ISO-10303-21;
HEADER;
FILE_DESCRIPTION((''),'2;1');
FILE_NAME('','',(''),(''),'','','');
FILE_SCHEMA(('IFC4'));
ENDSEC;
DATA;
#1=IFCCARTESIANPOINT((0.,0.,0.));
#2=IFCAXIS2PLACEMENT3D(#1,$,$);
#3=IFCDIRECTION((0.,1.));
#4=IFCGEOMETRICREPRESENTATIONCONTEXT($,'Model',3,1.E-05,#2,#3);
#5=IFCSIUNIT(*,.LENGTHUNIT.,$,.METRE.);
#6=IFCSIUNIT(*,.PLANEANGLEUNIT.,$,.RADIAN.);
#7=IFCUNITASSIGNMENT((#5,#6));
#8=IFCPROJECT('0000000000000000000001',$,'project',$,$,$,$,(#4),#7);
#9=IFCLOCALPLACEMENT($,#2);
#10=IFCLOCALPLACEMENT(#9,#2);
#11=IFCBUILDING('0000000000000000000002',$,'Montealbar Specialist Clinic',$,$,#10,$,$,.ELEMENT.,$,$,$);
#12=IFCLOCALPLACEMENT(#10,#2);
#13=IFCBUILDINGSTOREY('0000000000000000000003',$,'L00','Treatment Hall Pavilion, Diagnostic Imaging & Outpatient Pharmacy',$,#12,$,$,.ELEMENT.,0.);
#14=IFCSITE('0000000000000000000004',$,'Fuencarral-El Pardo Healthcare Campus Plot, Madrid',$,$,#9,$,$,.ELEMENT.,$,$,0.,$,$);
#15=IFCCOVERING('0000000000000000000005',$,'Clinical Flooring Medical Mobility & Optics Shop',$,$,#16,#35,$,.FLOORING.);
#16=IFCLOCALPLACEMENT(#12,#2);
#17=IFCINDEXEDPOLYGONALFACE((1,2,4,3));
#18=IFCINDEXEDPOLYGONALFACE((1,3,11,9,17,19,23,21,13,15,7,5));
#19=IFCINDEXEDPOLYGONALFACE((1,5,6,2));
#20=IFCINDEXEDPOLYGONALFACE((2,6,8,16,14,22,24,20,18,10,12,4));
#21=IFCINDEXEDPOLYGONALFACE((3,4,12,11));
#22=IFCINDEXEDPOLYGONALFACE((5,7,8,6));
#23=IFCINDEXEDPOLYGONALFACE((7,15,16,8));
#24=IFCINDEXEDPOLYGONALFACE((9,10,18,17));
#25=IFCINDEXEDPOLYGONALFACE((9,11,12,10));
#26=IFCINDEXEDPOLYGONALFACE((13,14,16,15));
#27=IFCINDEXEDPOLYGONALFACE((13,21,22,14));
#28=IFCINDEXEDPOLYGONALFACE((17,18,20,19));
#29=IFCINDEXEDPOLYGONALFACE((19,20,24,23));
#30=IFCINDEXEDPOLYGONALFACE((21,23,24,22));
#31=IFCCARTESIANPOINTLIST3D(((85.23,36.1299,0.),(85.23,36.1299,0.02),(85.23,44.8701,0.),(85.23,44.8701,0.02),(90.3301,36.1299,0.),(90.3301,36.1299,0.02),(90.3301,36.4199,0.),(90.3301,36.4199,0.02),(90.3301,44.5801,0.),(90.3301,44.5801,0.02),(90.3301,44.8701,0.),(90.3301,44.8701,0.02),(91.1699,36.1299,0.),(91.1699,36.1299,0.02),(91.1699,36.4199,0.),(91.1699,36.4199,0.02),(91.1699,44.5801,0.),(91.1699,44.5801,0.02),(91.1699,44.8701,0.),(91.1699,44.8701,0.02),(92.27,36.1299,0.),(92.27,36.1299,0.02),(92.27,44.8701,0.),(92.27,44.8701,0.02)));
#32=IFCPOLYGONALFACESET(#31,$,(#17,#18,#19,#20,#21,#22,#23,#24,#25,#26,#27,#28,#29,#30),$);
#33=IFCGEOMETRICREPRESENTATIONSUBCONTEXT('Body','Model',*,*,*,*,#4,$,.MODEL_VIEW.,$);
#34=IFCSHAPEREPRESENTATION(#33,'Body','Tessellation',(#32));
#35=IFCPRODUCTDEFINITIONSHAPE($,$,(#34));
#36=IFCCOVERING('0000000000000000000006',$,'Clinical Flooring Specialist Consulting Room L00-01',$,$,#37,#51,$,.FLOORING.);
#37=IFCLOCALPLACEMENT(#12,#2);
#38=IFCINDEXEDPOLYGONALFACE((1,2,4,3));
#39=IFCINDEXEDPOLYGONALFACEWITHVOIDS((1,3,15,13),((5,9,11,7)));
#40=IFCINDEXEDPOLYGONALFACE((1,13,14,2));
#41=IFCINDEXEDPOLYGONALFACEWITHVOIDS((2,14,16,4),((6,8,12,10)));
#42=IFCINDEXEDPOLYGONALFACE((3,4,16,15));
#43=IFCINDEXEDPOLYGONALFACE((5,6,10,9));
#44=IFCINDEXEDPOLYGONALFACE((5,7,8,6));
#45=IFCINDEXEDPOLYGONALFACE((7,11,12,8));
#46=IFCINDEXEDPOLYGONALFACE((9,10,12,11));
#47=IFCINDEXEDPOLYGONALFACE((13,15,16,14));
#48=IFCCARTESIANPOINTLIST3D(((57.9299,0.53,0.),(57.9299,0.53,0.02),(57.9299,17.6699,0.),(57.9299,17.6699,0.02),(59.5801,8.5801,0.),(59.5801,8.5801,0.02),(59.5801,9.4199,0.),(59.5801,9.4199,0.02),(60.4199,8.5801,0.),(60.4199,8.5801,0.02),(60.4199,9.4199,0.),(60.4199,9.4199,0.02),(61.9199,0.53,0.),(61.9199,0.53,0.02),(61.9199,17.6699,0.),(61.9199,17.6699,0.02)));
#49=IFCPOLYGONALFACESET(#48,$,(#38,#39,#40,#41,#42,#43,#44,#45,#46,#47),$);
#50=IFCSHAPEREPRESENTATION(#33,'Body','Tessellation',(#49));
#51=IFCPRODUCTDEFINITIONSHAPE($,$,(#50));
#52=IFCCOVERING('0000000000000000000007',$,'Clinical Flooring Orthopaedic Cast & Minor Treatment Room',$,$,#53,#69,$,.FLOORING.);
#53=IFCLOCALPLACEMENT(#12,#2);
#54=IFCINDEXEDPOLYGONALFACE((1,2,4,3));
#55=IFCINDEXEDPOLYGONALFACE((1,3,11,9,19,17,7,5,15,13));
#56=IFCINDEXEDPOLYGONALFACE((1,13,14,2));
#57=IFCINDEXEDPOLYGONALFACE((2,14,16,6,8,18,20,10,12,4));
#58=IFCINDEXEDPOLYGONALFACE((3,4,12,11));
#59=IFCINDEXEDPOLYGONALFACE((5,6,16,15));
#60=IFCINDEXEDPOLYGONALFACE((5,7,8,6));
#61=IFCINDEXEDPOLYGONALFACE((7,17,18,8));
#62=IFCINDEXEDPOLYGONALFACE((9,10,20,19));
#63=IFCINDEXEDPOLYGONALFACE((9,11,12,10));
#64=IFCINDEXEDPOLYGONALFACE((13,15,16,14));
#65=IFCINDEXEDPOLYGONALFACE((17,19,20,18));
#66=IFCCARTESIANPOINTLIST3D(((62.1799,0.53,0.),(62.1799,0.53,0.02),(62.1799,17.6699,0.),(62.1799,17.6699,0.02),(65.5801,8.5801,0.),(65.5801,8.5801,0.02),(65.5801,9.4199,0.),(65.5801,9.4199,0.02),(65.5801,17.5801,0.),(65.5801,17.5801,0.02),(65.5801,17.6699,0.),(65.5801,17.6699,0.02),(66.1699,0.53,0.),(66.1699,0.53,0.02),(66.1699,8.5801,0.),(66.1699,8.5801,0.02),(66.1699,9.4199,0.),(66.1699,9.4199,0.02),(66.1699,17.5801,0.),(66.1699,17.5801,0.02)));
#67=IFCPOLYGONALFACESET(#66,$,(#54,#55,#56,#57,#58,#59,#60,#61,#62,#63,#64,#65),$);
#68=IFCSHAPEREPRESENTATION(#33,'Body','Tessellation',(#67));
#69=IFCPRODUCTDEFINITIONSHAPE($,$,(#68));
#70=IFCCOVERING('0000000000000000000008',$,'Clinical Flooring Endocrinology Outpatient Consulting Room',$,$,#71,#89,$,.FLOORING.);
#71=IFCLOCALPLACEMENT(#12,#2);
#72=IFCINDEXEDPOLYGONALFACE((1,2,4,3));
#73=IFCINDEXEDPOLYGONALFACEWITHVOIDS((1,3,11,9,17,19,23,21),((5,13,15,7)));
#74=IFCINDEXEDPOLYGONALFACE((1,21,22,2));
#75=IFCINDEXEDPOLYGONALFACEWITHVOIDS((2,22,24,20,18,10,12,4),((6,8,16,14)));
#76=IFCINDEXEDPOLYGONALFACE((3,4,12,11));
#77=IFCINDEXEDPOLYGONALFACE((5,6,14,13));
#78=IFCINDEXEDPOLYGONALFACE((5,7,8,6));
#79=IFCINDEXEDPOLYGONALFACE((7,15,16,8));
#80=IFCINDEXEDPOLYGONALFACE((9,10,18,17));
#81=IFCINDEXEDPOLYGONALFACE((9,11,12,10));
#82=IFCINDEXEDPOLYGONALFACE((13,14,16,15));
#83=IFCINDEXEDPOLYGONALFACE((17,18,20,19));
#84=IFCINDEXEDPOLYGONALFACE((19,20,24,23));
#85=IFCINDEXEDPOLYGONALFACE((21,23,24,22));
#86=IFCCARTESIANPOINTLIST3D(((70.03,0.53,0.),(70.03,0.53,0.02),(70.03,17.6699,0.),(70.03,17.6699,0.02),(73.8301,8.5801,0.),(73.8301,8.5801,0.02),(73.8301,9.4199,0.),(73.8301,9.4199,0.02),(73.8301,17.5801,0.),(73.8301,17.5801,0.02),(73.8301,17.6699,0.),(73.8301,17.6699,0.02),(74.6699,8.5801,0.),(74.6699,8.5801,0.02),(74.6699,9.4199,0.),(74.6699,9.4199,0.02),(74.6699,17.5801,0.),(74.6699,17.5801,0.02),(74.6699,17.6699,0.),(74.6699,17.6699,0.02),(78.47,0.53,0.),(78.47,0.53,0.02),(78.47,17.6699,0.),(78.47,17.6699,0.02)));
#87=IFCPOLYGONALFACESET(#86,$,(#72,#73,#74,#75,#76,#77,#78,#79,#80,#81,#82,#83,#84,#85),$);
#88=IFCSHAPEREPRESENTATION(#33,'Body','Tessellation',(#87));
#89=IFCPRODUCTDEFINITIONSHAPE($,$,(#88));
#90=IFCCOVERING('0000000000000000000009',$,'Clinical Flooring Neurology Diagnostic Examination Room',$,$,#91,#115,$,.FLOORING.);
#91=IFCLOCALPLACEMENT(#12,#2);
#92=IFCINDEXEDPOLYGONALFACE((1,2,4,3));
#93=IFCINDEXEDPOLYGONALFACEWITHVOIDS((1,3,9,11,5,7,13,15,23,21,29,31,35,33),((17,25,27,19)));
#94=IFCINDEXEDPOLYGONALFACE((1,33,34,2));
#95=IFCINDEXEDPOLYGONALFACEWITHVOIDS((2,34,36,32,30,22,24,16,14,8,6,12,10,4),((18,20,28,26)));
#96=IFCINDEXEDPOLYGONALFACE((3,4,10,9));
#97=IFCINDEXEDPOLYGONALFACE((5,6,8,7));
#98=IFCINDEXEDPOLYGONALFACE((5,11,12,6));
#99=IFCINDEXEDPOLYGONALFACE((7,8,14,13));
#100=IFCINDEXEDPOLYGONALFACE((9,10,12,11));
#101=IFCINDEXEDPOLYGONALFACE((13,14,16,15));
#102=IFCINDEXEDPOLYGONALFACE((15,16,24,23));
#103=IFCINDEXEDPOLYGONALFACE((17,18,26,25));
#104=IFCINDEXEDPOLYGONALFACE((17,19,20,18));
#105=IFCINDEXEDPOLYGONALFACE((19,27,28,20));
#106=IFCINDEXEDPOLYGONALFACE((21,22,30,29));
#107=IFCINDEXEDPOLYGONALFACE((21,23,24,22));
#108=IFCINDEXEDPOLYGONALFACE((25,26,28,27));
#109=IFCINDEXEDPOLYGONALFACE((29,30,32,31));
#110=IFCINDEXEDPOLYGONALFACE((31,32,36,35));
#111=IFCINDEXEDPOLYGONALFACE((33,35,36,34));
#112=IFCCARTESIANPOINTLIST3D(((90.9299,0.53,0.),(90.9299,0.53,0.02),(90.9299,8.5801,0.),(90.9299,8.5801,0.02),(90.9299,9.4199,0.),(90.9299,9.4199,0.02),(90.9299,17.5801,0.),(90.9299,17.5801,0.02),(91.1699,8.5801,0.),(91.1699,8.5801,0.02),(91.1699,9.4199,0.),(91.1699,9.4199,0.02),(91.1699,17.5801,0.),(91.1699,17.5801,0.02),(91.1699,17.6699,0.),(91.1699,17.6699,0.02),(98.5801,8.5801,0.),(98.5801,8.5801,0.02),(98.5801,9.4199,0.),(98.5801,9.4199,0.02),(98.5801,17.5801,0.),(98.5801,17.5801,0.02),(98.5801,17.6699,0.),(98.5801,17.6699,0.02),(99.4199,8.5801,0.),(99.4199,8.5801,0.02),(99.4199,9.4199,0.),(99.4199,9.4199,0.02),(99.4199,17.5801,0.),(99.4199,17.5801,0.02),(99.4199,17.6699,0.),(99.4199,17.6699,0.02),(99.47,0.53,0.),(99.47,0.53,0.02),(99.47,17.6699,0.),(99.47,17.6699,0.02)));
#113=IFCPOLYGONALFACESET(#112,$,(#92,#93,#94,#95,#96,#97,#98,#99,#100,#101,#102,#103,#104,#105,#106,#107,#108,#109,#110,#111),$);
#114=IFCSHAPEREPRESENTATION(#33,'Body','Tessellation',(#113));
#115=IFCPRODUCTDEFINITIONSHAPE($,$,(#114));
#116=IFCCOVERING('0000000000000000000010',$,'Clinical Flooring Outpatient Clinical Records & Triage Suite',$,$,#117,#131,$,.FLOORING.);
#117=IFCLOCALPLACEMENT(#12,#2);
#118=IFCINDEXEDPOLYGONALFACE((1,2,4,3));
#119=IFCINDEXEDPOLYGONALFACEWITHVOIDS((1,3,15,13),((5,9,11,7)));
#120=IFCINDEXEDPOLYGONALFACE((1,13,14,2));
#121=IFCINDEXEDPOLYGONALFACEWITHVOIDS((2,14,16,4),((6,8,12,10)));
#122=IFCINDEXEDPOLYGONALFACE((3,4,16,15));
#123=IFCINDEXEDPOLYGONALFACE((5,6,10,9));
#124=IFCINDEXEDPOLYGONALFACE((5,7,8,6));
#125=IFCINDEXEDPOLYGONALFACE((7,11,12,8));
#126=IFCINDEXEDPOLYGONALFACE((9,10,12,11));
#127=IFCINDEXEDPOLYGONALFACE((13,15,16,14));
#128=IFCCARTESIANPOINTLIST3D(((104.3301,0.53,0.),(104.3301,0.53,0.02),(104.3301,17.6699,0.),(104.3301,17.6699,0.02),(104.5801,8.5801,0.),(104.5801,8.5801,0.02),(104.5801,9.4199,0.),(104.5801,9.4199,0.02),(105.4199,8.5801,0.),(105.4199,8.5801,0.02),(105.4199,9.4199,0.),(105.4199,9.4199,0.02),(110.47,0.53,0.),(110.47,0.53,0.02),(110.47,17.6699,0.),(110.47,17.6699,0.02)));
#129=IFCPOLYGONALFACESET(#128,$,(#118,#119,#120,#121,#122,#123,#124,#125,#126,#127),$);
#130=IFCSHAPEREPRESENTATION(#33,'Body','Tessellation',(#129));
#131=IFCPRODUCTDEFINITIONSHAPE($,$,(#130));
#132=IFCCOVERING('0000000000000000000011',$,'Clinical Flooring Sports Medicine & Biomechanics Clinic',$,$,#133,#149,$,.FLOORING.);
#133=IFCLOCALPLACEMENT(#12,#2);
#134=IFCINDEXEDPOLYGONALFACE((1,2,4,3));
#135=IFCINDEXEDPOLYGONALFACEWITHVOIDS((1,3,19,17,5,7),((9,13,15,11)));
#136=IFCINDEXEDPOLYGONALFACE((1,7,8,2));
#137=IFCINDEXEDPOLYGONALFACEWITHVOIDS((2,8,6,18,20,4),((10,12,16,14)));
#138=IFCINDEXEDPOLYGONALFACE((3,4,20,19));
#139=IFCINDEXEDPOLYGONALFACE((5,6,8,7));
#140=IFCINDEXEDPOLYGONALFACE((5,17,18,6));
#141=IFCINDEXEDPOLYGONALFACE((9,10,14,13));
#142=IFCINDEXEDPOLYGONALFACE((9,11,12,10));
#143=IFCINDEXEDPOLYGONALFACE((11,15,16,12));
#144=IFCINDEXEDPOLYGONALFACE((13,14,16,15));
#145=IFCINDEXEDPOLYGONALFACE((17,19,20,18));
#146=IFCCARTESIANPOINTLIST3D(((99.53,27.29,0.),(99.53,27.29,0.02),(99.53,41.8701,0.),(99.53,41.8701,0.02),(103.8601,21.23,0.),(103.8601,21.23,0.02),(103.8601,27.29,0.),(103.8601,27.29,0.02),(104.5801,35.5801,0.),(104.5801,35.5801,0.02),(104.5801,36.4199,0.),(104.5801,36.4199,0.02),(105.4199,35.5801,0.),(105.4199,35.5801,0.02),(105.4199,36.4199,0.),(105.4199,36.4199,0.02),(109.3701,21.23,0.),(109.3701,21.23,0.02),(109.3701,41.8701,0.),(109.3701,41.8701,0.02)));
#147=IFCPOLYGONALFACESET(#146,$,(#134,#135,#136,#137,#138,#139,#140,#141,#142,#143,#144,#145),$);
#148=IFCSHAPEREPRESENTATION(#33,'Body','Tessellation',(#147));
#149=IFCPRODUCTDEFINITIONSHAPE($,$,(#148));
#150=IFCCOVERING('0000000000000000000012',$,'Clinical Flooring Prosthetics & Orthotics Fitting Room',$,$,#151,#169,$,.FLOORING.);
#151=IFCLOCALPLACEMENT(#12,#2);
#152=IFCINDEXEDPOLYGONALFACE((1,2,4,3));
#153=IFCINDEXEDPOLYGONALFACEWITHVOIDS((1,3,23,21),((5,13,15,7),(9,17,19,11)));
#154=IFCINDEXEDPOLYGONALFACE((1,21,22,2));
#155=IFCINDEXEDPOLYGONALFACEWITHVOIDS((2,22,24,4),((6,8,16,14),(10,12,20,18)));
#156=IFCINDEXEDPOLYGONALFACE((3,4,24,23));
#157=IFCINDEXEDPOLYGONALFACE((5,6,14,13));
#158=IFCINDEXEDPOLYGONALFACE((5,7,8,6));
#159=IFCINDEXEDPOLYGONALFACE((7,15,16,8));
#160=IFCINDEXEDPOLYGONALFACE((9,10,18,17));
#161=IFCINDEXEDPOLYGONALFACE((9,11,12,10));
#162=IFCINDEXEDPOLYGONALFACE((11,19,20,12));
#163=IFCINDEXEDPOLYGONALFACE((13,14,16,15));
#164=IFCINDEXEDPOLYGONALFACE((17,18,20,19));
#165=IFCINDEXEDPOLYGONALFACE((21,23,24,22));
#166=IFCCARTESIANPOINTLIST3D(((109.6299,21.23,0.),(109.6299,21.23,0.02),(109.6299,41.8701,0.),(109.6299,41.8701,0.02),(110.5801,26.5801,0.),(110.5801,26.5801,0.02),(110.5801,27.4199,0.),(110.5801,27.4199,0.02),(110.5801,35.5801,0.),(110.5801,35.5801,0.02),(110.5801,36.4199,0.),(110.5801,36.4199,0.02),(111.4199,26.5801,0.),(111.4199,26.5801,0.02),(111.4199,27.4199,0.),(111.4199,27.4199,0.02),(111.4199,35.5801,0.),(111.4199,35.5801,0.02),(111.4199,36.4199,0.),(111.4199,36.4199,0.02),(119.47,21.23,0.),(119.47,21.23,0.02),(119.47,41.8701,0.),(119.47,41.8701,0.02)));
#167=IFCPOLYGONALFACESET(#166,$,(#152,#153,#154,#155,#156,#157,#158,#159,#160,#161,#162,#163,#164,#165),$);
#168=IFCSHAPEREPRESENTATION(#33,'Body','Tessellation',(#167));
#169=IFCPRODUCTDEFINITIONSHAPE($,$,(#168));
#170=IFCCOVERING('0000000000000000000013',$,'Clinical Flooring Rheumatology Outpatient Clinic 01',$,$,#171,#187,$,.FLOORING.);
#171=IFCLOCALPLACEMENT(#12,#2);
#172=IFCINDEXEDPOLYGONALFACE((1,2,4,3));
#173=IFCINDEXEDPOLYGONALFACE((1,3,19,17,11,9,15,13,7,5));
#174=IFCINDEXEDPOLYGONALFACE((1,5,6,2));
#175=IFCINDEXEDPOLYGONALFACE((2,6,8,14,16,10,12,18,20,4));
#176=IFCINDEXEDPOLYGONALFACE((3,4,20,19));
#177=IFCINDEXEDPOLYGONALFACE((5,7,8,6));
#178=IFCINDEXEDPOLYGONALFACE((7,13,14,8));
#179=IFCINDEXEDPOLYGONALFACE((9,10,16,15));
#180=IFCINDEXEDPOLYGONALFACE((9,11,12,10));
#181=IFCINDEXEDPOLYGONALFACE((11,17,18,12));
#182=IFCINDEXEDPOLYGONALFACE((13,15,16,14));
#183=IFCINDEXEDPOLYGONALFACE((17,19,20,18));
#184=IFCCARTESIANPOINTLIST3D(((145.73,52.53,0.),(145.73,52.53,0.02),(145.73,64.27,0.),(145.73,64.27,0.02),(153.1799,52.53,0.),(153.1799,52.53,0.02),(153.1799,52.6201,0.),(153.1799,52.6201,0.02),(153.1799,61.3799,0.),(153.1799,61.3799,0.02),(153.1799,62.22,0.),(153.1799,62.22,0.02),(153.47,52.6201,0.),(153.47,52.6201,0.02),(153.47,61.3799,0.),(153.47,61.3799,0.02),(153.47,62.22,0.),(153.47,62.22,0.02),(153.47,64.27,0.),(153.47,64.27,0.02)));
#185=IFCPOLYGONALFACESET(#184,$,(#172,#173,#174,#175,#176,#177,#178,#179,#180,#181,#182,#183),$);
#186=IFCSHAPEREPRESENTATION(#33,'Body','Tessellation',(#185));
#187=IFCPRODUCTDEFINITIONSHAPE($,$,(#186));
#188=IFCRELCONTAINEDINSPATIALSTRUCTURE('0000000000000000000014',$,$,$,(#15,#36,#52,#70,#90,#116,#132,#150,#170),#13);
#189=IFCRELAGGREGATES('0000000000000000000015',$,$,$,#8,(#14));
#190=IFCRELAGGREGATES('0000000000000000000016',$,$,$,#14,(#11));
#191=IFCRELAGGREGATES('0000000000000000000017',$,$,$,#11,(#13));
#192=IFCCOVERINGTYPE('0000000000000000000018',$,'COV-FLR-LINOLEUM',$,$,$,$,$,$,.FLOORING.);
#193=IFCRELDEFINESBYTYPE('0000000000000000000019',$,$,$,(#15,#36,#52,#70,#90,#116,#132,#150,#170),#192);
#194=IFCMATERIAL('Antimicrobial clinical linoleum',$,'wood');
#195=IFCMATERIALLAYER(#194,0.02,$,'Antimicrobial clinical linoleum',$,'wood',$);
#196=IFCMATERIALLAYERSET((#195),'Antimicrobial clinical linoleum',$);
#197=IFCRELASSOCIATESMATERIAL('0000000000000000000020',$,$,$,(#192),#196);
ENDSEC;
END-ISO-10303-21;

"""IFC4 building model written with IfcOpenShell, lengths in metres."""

from ifc_helpers import new_model, si_unit, direction, origin, place, context, subcontext, project, spatial, polyline, outline, extrude, material, layer, layer_set, type_object, element, save


model = new_model("IFC4")

# Units and contexts
model_context = context("Model", 3, precision=1e-05, world=origin(), true_north=direction((0.0, 1.0)))
body_context = subcontext(model_context, "Body", "Model", "MODEL_VIEW")
ifc_project = project(units=[si_unit("LENGTHUNIT", "METRE"), si_unit("PLANEANGLEUNIT", "RADIAN")], contexts=[model_context])

# Site, building, storey
site_placement = place(None, origin())
site = spatial("IfcSite", under=ifc_project, at=site_placement, Name="Fuencarral-El Pardo Healthcare Campus Plot, Madrid", CompositionType="ELEMENT", RefElevation=0.0)
building_placement = place(site_placement, origin())
building = spatial("IfcBuilding", under=site, at=building_placement, Name="Montealbar Specialist Clinic", CompositionType="ELEMENT")
storey_placement = place(building_placement, origin())
storey = spatial("IfcBuildingStorey", under=building, at=storey_placement, Name="L00", Description="Treatment Hall Pavilion, Diagnostic Imaging & Outpatient Pharmacy", CompositionType="ELEMENT", Elevation=0.0)

# Coverings
ifc_material_1 = material(Name="Antimicrobial clinical linoleum", Category="wood")
ifc_layer_1 = layer(ifc_material_1, 0.02, Name="Antimicrobial clinical linoleum", Category="wood")
ifc_layer_set_1 = layer_set([ifc_layer_1], Name="Antimicrobial clinical linoleum")
covering_type_1 = type_object("IfcCoveringType", Name="COV-FLR-LINOLEUM", PredefinedType="FLOORING", material=ifc_layer_set_1)
covering_1_placement = place(storey_placement, origin())
element("IfcCovering", 1, at=covering_1_placement, inside=storey, type_object=covering_type_1, Name="Clinical Flooring Medical Mobility & Optics Shop", PredefinedType="FLOORING", context=body_context, shape_type="SweptSolid", body=[
    extrude(outline(polyline([(85.23, 44.8701), (90.3301, 44.8701), (90.3301, 44.5801), (91.1699, 44.5801), (91.1699, 44.8701), (92.27, 44.8701), (92.27, 36.1299), (91.1699, 36.1299), (91.1699, 36.4199), (90.3301, 36.4199), (90.3301, 36.1299), (85.23, 36.1299), (85.23, 44.8701)])), origin(), (0.0, 0.0, 1.0), 0.02),
])
covering_2_placement = place(storey_placement, origin())
element("IfcCovering", 2, at=covering_2_placement, inside=storey, type_object=covering_type_1, Name="Clinical Flooring Specialist Consulting Room L00-01", PredefinedType="FLOORING", context=body_context, shape_type="SweptSolid", body=[
    extrude(outline(polyline([(57.9299, 17.6699), (61.9199, 17.6699), (61.9199, 0.53), (57.9299, 0.53), (57.9299, 17.6699)]), holes=[polyline([(60.4199, 9.4199), (59.5801, 9.4199), (59.5801, 8.5801), (60.4199, 8.5801), (60.4199, 9.4199)])]), origin(), (0.0, 0.0, 1.0), 0.02),
])
covering_3_placement = place(storey_placement, origin())
element("IfcCovering", 3, at=covering_3_placement, inside=storey, type_object=covering_type_1, Name="Clinical Flooring Orthopaedic Cast & Minor Treatment Room", PredefinedType="FLOORING", context=body_context, shape_type="SweptSolid", body=[
    extrude(outline(polyline([(62.1799, 17.6699), (65.5801, 17.6699), (65.5801, 17.5801), (66.1699, 17.5801), (66.1699, 9.4199), (65.5801, 9.4199), (65.5801, 8.5801), (66.1699, 8.5801), (66.1699, 0.53), (62.1799, 0.53), (62.1799, 17.6699)])), origin(), (0.0, 0.0, 1.0), 0.02),
])
covering_4_placement = place(storey_placement, origin())
element("IfcCovering", 4, at=covering_4_placement, inside=storey, type_object=covering_type_1, Name="Clinical Flooring Endocrinology Outpatient Consulting Room", PredefinedType="FLOORING", context=body_context, shape_type="SweptSolid", body=[
    extrude(outline(polyline([(70.03, 17.6699), (73.8301, 17.6699), (73.8301, 17.5801), (74.6699, 17.5801), (74.6699, 17.6699), (78.47, 17.6699), (78.47, 0.53), (70.03, 0.53), (70.03, 17.6699)]), holes=[polyline([(73.8301, 9.4199), (73.8301, 8.5801), (74.6699, 8.5801), (74.6699, 9.4199), (73.8301, 9.4199)])]), origin(), (0.0, 0.0, 1.0), 0.02),
])
covering_5_placement = place(storey_placement, origin())
element("IfcCovering", 5, at=covering_5_placement, inside=storey, type_object=covering_type_1, Name="Clinical Flooring Neurology Diagnostic Examination Room", PredefinedType="FLOORING", context=body_context, shape_type="SweptSolid", body=[
    extrude(outline(polyline([(90.9299, 8.5801), (91.1699, 8.5801), (91.1699, 9.4199), (90.9299, 9.4199), (90.9299, 17.5801), (91.1699, 17.5801), (91.1699, 17.6699), (98.5801, 17.6699), (98.5801, 17.5801), (99.4199, 17.5801), (99.4199, 17.6699), (99.47, 17.6699), (99.47, 0.53), (90.9299, 0.53), (90.9299, 8.5801)]), holes=[polyline([(99.4199, 9.4199), (98.5801, 9.4199), (98.5801, 8.5801), (99.4199, 8.5801), (99.4199, 9.4199)])]), origin(), (0.0, 0.0, 1.0), 0.02),
])
covering_6_placement = place(storey_placement, origin())
element("IfcCovering", 6, at=covering_6_placement, inside=storey, type_object=covering_type_1, Name="Clinical Flooring Outpatient Clinical Records & Triage Suite", PredefinedType="FLOORING", context=body_context, shape_type="SweptSolid", body=[
    extrude(outline(polyline([(104.3301, 17.6699), (110.47, 17.6699), (110.47, 0.53), (104.3301, 0.53), (104.3301, 17.6699)]), holes=[polyline([(105.4199, 9.4199), (104.5801, 9.4199), (104.5801, 8.5801), (105.4199, 8.5801), (105.4199, 9.4199)])]), origin(), (0.0, 0.0, 1.0), 0.02),
])
covering_7_placement = place(storey_placement, origin())
element("IfcCovering", 7, at=covering_7_placement, inside=storey, type_object=covering_type_1, Name="Clinical Flooring Sports Medicine & Biomechanics Clinic", PredefinedType="FLOORING", context=body_context, shape_type="SweptSolid", body=[
    extrude(outline(polyline([(103.8601, 27.29), (99.53, 27.29), (99.53, 41.8701), (109.3701, 41.8701), (109.3701, 21.23), (103.8601, 21.23), (103.8601, 27.29)]), holes=[polyline([(105.4199, 36.4199), (104.5801, 36.4199), (104.5801, 35.5801), (105.4199, 35.5801), (105.4199, 36.4199)])]), origin(), (0.0, 0.0, 1.0), 0.02),
])
covering_8_placement = place(storey_placement, origin())
element("IfcCovering", 8, at=covering_8_placement, inside=storey, type_object=covering_type_1, Name="Clinical Flooring Prosthetics & Orthotics Fitting Room", PredefinedType="FLOORING", context=body_context, shape_type="SweptSolid", body=[
    extrude(outline(polyline([(109.6299, 41.8701), (119.47, 41.8701), (119.47, 21.23), (109.6299, 21.23), (109.6299, 41.8701)]), holes=[polyline([(111.4199, 27.4199), (110.5801, 27.4199), (110.5801, 26.5801), (111.4199, 26.5801), (111.4199, 27.4199)]), polyline([(111.4199, 36.4199), (110.5801, 36.4199), (110.5801, 35.5801), (111.4199, 35.5801), (111.4199, 36.4199)])]), origin(), (0.0, 0.0, 1.0), 0.02),
])
covering_9_placement = place(storey_placement, origin())
element("IfcCovering", 9, at=covering_9_placement, inside=storey, type_object=covering_type_1, Name="Clinical Flooring Rheumatology Outpatient Clinic 01", PredefinedType="FLOORING", context=body_context, shape_type="SweptSolid", body=[
    extrude(outline(polyline([(145.73, 64.27), (153.47, 64.27), (153.47, 62.22), (153.1799, 62.22), (153.1799, 61.3799), (153.47, 61.3799), (153.47, 52.6201), (153.1799, 52.6201), (153.1799, 52.53), (145.73, 52.53), (145.73, 64.27)])), origin(), (0.0, 0.0, 1.0), 0.02),
])

save(model, "model.ifc")
